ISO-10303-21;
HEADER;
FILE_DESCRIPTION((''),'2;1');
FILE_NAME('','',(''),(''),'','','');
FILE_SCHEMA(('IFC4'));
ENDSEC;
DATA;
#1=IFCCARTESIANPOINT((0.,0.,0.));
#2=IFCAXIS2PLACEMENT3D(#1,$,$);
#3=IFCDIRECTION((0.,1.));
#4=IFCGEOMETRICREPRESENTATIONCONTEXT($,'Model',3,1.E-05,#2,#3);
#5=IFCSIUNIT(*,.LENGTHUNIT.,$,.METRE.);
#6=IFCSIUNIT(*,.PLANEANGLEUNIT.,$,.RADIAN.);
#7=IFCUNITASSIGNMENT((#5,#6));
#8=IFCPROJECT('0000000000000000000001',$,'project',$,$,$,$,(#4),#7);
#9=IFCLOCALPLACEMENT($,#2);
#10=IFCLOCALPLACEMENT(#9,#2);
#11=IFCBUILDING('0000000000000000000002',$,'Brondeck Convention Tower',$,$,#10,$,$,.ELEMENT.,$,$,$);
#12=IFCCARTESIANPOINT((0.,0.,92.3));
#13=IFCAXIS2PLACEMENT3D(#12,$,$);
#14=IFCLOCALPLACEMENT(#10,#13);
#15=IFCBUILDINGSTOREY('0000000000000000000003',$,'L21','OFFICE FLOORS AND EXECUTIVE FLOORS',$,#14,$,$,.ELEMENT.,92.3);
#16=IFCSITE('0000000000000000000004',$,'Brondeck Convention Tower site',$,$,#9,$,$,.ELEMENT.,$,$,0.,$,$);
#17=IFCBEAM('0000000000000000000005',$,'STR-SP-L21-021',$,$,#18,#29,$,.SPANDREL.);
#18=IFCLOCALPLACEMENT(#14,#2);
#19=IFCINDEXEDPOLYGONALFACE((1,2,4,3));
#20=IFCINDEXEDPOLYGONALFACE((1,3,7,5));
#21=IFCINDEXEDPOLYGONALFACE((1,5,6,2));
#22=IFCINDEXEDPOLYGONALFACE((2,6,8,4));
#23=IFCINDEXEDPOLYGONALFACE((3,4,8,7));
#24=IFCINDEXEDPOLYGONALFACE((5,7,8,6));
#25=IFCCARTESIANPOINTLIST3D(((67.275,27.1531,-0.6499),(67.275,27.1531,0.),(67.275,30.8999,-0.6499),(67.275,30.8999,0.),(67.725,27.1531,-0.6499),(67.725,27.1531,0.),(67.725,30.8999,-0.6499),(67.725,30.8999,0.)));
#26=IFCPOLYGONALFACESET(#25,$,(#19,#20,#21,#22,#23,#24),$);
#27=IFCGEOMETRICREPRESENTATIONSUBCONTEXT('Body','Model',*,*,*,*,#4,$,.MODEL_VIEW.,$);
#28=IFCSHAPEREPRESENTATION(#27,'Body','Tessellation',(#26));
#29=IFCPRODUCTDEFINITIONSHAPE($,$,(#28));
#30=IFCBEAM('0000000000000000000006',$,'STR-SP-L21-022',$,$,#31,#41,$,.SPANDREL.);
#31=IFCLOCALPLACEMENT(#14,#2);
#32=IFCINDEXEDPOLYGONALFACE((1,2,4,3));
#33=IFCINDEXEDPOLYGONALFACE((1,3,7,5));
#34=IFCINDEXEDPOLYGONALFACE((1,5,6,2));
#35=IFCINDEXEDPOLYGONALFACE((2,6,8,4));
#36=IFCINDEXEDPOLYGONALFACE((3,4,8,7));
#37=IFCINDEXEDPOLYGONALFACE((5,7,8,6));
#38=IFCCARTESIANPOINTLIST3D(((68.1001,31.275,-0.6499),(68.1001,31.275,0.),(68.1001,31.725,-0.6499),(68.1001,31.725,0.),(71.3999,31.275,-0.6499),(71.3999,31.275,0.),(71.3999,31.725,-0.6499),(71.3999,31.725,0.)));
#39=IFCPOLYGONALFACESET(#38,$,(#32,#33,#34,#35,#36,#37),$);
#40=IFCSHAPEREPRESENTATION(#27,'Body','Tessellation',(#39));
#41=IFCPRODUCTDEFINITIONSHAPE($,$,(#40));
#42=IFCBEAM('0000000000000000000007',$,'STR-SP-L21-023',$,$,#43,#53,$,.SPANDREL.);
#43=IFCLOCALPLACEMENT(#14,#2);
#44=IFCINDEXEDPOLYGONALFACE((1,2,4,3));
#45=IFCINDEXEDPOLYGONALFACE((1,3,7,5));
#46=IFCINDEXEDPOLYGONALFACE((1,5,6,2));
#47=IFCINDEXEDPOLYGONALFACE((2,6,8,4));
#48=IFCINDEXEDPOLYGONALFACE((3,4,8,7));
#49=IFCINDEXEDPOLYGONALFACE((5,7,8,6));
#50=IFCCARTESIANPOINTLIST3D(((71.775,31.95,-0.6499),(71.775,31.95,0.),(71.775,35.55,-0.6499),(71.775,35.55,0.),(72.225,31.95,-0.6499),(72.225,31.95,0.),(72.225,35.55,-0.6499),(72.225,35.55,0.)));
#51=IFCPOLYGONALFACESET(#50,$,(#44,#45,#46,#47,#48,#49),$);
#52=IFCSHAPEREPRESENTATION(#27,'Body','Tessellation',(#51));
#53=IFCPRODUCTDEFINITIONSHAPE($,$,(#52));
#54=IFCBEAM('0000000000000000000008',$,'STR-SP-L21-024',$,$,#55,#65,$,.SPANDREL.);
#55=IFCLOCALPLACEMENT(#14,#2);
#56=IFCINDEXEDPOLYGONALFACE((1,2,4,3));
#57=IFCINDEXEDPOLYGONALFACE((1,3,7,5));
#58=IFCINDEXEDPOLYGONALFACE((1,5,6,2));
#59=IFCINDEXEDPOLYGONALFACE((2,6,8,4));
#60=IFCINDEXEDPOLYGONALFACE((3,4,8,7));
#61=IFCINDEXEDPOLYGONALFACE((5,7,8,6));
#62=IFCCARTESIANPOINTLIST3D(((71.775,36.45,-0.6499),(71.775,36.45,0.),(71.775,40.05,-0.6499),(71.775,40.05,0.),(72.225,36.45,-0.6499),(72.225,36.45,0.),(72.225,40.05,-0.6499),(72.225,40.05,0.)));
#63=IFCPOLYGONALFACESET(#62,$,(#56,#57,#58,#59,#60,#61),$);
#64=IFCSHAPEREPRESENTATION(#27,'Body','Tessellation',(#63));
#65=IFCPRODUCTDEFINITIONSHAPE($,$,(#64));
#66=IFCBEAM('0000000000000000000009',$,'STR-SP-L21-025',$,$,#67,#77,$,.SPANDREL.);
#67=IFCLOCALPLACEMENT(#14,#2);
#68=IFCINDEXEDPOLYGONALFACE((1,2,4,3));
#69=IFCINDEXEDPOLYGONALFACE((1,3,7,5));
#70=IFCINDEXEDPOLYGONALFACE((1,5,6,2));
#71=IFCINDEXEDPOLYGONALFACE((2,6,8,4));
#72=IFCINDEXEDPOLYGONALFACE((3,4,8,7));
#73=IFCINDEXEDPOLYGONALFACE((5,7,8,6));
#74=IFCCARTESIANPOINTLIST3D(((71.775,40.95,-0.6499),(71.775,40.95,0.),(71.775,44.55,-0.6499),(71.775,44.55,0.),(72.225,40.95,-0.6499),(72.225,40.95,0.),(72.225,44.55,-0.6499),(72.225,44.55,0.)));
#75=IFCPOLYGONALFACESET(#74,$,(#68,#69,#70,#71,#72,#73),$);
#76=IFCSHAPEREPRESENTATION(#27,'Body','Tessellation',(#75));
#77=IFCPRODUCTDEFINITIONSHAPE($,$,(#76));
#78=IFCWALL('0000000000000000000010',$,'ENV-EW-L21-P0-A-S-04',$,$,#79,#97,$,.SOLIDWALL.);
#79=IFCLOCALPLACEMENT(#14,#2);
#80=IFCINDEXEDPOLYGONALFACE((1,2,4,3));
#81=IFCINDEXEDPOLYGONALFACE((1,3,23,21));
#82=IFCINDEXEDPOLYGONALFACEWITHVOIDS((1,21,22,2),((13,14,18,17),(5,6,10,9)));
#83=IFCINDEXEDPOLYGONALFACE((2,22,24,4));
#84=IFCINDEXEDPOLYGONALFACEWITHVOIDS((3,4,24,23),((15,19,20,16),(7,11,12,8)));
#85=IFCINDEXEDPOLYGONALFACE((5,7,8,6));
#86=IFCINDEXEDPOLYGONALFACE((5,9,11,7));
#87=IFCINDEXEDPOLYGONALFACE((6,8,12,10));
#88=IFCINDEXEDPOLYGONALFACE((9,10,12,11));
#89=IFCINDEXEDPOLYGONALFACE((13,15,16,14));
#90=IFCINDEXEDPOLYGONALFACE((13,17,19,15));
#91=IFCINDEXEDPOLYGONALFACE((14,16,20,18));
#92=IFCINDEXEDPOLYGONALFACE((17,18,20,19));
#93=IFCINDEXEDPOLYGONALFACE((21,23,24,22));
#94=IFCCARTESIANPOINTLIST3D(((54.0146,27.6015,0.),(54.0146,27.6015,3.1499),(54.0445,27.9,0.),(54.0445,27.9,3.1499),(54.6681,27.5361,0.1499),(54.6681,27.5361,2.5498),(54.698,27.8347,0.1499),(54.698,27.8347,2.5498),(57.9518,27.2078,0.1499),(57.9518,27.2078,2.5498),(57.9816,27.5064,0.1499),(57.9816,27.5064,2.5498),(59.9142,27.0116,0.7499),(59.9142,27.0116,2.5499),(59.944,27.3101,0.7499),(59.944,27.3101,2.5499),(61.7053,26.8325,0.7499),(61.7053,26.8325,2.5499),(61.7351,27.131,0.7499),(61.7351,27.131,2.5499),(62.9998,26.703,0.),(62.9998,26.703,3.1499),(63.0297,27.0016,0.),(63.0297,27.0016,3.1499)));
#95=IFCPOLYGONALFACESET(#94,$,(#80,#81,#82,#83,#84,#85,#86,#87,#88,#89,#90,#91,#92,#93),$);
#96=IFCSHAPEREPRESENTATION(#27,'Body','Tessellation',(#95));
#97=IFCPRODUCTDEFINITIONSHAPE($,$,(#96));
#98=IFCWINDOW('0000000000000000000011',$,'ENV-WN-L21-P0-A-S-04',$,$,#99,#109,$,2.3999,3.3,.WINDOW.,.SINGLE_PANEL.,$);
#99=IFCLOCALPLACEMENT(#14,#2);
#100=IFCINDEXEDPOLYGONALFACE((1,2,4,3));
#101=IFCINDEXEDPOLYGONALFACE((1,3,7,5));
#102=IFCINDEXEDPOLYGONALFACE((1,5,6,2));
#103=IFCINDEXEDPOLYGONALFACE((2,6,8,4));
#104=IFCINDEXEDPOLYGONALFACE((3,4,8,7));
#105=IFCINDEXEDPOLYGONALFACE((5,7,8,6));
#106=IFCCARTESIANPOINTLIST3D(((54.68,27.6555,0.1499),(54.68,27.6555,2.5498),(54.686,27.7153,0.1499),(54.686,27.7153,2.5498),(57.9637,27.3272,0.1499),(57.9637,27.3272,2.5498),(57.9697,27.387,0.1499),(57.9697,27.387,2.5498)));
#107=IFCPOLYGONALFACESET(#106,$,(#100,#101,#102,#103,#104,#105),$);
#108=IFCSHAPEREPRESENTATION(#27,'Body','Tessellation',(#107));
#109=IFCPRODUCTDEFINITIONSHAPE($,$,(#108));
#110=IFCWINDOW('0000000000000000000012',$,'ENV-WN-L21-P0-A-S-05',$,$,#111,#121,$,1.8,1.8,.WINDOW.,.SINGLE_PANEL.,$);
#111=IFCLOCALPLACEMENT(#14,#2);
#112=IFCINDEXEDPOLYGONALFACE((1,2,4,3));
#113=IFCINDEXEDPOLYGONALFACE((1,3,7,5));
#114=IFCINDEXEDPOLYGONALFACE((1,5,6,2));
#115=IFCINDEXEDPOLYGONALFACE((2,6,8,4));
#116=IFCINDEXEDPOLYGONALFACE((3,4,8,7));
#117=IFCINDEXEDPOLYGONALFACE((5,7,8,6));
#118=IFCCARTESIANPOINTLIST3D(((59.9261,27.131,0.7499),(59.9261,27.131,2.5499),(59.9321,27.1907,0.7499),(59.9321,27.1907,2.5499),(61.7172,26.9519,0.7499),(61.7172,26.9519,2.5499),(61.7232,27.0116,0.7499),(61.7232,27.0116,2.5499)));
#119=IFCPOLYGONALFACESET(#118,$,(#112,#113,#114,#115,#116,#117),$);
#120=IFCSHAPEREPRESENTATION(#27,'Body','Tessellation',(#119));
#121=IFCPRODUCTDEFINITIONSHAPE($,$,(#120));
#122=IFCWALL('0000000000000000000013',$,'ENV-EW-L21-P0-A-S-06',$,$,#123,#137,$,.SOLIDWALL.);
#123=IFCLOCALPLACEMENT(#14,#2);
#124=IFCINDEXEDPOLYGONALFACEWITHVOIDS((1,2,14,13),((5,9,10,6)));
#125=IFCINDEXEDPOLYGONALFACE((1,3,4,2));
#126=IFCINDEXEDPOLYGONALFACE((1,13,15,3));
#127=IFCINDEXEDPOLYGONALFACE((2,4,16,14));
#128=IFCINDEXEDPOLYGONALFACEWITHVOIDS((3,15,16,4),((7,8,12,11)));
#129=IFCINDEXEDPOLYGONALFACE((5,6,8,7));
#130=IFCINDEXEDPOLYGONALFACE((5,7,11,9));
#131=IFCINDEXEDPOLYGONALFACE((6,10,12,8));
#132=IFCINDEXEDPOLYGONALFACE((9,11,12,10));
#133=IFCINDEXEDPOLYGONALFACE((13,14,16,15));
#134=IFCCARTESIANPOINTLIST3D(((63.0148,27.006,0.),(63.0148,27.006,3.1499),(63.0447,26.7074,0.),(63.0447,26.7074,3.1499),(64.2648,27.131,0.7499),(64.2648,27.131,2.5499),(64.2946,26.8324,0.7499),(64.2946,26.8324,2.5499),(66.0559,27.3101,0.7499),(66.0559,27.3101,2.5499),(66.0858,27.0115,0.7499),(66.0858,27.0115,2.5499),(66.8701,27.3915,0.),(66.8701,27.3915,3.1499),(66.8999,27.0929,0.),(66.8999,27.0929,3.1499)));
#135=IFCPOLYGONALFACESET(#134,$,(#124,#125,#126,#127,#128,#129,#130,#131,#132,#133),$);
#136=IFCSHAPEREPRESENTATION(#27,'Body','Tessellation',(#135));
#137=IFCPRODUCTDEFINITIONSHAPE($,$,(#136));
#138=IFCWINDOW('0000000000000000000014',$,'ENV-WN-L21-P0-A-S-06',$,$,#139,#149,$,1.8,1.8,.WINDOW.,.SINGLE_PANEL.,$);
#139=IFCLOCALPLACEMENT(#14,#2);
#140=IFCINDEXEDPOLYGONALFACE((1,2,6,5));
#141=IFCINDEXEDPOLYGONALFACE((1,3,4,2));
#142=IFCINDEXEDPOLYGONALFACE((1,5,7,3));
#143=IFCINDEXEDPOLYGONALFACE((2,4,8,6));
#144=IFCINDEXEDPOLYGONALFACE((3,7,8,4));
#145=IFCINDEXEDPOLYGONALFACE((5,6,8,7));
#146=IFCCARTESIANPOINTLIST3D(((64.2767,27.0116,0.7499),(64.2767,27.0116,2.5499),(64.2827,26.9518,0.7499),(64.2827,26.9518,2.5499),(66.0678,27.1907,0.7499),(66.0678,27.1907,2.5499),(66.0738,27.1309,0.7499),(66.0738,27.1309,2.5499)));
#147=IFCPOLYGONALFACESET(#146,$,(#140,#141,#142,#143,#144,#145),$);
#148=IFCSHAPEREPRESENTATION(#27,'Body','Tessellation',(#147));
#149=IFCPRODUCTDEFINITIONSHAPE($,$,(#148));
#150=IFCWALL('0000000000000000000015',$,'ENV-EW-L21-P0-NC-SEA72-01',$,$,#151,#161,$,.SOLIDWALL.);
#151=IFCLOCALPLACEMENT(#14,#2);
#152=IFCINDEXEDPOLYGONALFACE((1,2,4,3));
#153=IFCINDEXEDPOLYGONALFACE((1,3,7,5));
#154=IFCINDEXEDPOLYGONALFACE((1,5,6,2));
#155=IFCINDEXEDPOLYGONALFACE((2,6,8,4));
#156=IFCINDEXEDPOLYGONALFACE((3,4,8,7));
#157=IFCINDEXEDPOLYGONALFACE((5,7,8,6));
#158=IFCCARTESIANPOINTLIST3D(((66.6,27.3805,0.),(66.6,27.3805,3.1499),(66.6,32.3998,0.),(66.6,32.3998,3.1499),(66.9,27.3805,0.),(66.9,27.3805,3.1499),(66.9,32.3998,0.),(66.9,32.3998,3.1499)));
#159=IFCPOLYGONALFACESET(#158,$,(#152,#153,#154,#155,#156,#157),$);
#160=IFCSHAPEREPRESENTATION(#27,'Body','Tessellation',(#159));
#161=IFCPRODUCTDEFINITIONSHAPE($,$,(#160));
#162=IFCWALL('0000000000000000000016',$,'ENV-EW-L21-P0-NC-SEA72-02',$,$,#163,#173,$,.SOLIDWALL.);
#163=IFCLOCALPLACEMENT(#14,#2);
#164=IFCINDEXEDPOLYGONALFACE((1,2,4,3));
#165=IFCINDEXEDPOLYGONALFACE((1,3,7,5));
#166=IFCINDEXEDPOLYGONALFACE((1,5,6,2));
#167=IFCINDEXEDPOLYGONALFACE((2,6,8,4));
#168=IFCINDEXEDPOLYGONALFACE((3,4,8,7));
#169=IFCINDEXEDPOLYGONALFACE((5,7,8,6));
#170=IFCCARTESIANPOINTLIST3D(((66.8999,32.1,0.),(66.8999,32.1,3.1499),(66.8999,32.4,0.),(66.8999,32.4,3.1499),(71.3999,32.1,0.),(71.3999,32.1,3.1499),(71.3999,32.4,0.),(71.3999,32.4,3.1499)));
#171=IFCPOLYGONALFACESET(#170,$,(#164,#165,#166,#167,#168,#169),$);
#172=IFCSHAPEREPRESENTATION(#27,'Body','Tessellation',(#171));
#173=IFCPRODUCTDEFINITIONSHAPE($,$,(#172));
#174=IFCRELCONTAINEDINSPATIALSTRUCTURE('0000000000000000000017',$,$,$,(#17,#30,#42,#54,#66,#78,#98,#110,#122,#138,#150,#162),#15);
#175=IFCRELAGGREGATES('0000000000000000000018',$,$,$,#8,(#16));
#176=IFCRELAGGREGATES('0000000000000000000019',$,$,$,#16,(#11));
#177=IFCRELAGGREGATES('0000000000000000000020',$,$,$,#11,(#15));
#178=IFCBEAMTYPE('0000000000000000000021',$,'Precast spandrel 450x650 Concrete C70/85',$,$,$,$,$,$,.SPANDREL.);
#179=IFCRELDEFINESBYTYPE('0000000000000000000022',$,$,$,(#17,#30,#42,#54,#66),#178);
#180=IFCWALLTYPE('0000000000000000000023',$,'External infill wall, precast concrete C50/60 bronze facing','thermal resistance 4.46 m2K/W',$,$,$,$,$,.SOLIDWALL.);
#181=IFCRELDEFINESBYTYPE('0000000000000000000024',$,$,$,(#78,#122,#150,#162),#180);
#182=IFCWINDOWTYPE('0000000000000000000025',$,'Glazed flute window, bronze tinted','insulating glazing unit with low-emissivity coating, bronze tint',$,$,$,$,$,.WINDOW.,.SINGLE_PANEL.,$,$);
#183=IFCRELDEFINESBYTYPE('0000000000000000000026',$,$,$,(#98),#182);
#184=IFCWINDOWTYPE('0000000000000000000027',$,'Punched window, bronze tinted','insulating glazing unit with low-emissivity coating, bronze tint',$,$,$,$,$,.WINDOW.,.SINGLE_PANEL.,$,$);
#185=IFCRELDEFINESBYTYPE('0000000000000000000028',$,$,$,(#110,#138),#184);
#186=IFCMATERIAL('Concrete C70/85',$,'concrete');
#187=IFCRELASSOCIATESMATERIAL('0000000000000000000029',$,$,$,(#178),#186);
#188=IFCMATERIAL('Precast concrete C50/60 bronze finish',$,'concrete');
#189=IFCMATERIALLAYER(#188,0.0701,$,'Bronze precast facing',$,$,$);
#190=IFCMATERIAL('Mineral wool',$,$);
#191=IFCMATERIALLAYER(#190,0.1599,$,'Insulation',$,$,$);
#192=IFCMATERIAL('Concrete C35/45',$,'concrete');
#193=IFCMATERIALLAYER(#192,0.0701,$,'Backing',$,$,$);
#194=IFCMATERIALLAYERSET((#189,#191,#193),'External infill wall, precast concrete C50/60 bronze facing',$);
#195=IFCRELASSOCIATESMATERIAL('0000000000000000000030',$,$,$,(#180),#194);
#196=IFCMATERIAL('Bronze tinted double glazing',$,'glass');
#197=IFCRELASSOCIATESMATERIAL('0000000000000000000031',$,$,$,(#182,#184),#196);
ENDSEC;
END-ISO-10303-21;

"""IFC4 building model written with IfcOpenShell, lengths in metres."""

from ifc_helpers import new_model, si_unit, direction, frame, frame_2d, origin, origin_2d, place, context, subcontext, project, spatial, rectangle, extrude, material, layer, layer_set, material_profile, profile_set, type_object, element, fill, save


model = new_model("IFC4")

# Units and contexts
model_context = context("Model", 3, precision=1e-05, world=origin(), true_north=direction((0.0, 1.0)))
body_context = subcontext(model_context, "Body", "Model", "MODEL_VIEW")
ifc_project = project(units=[si_unit("LENGTHUNIT", "METRE"), si_unit("PLANEANGLEUNIT", "RADIAN")], contexts=[model_context])

# Site, building, storey
site_placement = place(None, origin())
site = spatial("IfcSite", under=ifc_project, at=site_placement, Name="Brondeck Convention Tower site", CompositionType="ELEMENT", RefElevation=0.0)
building_placement = place(site_placement, origin())
building = spatial("IfcBuilding", under=site, at=building_placement, Name="Brondeck Convention Tower", CompositionType="ELEMENT")
storey_placement = place(building_placement, frame((0.0, 0.0, 92.3)))
storey = spatial("IfcBuildingStorey", under=building, at=storey_placement, Name="L21", Description="OFFICE FLOORS AND EXECUTIVE FLOORS", CompositionType="ELEMENT", Elevation=92.3)

# Shared definitions
ifc_material_1 = material(Name="Concrete C70/85", Category="concrete")

# Beams
ifc_material_profile_1 = material_profile(ifc_material_1, rectangle(XDim=0.45, YDim=0.6499, at=origin_2d()), Name="Precast spandrel 450x650 Concrete C70/85")
ifc_profile_set_1 = profile_set([ifc_material_profile_1], Name="Concrete C70/85")
beam_type_1 = type_object("IfcBeamType", Name="Precast spandrel 450x650 Concrete C70/85", PredefinedType="SPANDREL", material=ifc_profile_set_1)
beam_1_placement = place(storey_placement, frame((67.5, 27.1531, -0.325), z_axis=(0.0, 1.0, 0.0), x_axis=(-1.0, 0.0, 0.0)))
element("IfcBeam", 1, at=beam_1_placement, inside=storey, type_object=beam_type_1, Name="STR-SP-L21-021", PredefinedType="SPANDREL", context=body_context, shape_type="SweptSolid", body=[
    extrude(rectangle(XDim=0.45, YDim=0.6499, at=origin_2d()), origin(), (0.0, 0.0, 1.0), 3.7468),
])
beam_2_placement = place(storey_placement, frame((68.1001, 31.5, -0.325), z_axis=(1.0, 0.0, 0.0), x_axis=(0.0, 1.0, 0.0)))
element("IfcBeam", 2, at=beam_2_placement, inside=storey, type_object=beam_type_1, Name="STR-SP-L21-022", PredefinedType="SPANDREL", context=body_context, shape_type="SweptSolid", body=[
    extrude(rectangle(XDim=0.45, YDim=0.6499, at=origin_2d()), origin(), (0.0, 0.0, 1.0), 3.2998),
])
for number, where, z_axis, x_axis, name in (
    (3, (72.0, 31.95, -0.325), (0.0, 1.0, 0.0), (-1.0, 0.0, 0.0), "STR-SP-L21-023"),
    (4, (72.0, 36.45, -0.325), (0.0, 1.0, 0.0), (-1.0, 0.0, 0.0), "STR-SP-L21-024"),
    (5, (72.0, 40.95, -0.325), (0.0, 1.0, 0.0), (-1.0, 0.0, 0.0), "STR-SP-L21-025"),
):
    element("IfcBeam", number, at=place(storey_placement, frame(where, z_axis=z_axis, x_axis=x_axis)), inside=storey, type_object=beam_type_1, Name=name, PredefinedType="SPANDREL", context=body_context, shape_type="SweptSolid", body=[
        extrude(rectangle(XDim=0.45, YDim=0.6499, at=origin_2d()), origin(), (0.0, 0.0, 1.0), 3.6001),
    ])

# Wall, openings, windows
ifc_material_2 = material(Name="Precast concrete C50/60 bronze finish", Category="concrete")
ifc_layer_1 = layer(ifc_material_2, 0.0701, Name="Bronze precast facing")
ifc_material_3 = material(Name="Mineral wool")
ifc_layer_2 = layer(ifc_material_3, 0.1599, Name="Insulation")
ifc_material_4 = material(Name="Concrete C35/45", Category="concrete")
ifc_layer_3 = layer(ifc_material_4, 0.0701, Name="Backing")
ifc_layer_set_1 = layer_set([ifc_layer_1, ifc_layer_2, ifc_layer_3], Name="External infill wall, precast concrete C50/60 bronze facing")
wall_type_1 = type_object("IfcWallType", Name="External infill wall, precast concrete C50/60 bronze facing", Description="thermal resistance 4.46 m2K/W", PredefinedType="SOLIDWALL", material=ifc_layer_set_1)
wall_1_placement = place(storey_placement, frame((63.0149, 26.8523, 0.0), z_axis=(0.0, 0.0, 1.0), x_axis=(-0.995038, 0.099496, 0.0)))
wall_1 = element("IfcWall", 6, at=wall_1_placement, inside=storey, type_object=wall_type_1, Name="ENV-EW-L21-P0-A-S-04", PredefinedType="SOLIDWALL", context=body_context, shape_type="SweptSolid", body=[
    extrude(rectangle(XDim=9.03, YDim=0.3, at=frame_2d((4.5151, 0.0))), origin(), (0.0, 0.0, 1.0), 3.1499),
])
opening_1_placement = place(wall_1_placement, frame((1.3013, 0.0, 0.75)))
opening_1 = element("IfcOpeningElement", 7, at=opening_1_placement, cuts=wall_1, PredefinedType="OPENING", context=body_context, shape_type="SweptSolid", body=[
    extrude(rectangle(XDim=1.8, YDim=1.8, at=frame_2d((0.8999, 0.8999))), frame((0.0, 0.1599, 0.0), z_axis=(0.0, -1.0, 0.0), x_axis=(1.0, 0.0, 0.0)), (0.0, 0.0, 1.0), 0.3201),
])
opening_2_placement = place(wall_1_placement, frame((5.0735, 0.0, 0.1499)))
opening_2 = element("IfcOpeningElement", 8, at=opening_2_placement, cuts=wall_1, PredefinedType="OPENING", context=body_context, shape_type="SweptSolid", body=[
    extrude(rectangle(XDim=3.3, YDim=2.3999, at=frame_2d((1.6499, 1.2))), frame((0.0, 0.1599, 0.0), z_axis=(0.0, -1.0, 0.0), x_axis=(1.0, 0.0, 0.0)), (0.0, 0.0, 1.0), 0.3201),
])
ifc_material_5 = material(Name="Bronze tinted double glazing", Category="glass")
window_type_1 = type_object("IfcWindowType", Name="Glazed flute window, bronze tinted", Description="insulating glazing unit with low-emissivity coating, bronze tint", PartitioningType="SINGLE_PANEL", PredefinedType="WINDOW", material=ifc_material_5)
window_1_placement = place(opening_2_placement, origin())
window_1 = element("IfcWindow", 9, at=window_1_placement, inside=storey, type_object=window_type_1, Name="ENV-WN-L21-P0-A-S-04", OverallHeight=2.3999, OverallWidth=3.3, PartitioningType="SINGLE_PANEL", PredefinedType="WINDOW", context=body_context, shape_type="SweptSolid", body=[
    extrude(rectangle(XDim=3.3, YDim=2.3999, at=frame_2d((1.6499, 1.2))), frame((0.0, 0.03, 0.0), z_axis=(0.0, -1.0, 0.0), x_axis=(1.0, 0.0, 0.0)), (0.0, 0.0, 1.0), 0.0601),
])
fill(opening_2, window_1)
window_type_2 = type_object("IfcWindowType", Name="Punched window, bronze tinted", Description="insulating glazing unit with low-emissivity coating, bronze tint", PartitioningType="SINGLE_PANEL", PredefinedType="WINDOW", material=ifc_material_5)
window_2_placement = place(opening_1_placement, origin())
window_2 = element("IfcWindow", 10, at=window_2_placement, inside=storey, type_object=window_type_2, Name="ENV-WN-L21-P0-A-S-05", OverallHeight=1.8, OverallWidth=1.8, PartitioningType="SINGLE_PANEL", PredefinedType="WINDOW", context=body_context, shape_type="SweptSolid", body=[
    extrude(rectangle(XDim=1.8, YDim=1.8, at=frame_2d((0.8999, 0.8999))), frame((0.0, 0.03, 0.0), z_axis=(0.0, -1.0, 0.0), x_axis=(1.0, 0.0, 0.0)), (0.0, 0.0, 1.0), 0.0601),
])
fill(opening_1, window_2)

# Wall, opening, window
wall_2_placement = place(storey_placement, frame((66.885, 27.2422, 0.0), z_axis=(0.0, 0.0, 1.0), x_axis=(-0.995038, -0.099497, 0.0)))
wall_2 = element("IfcWall", 11, at=wall_2_placement, inside=storey, type_object=wall_type_1, Name="ENV-EW-L21-P0-A-S-06", PredefinedType="SOLIDWALL", context=body_context, shape_type="SweptSolid", body=[
    extrude(rectangle(XDim=3.8745, YDim=0.3, at=frame_2d((1.9373, 0.0))), origin(), (0.0, 0.0, 1.0), 3.1499),
])
opening_3_placement = place(wall_2_placement, frame((0.8184, 0.0, 0.75)))
opening_3 = element("IfcOpeningElement", 12, at=opening_3_placement, cuts=wall_2, PredefinedType="OPENING", context=body_context, shape_type="SweptSolid", body=[
    extrude(rectangle(XDim=1.8, YDim=1.8, at=frame_2d((0.8999, 0.8999))), frame((0.0, 0.1599, 0.0), z_axis=(0.0, -1.0, 0.0), x_axis=(1.0, 0.0, 0.0)), (0.0, 0.0, 1.0), 0.3201),
])
window_3_placement = place(opening_3_placement, origin())
window_3 = element("IfcWindow", 13, at=window_3_placement, inside=storey, type_object=window_type_2, Name="ENV-WN-L21-P0-A-S-06", OverallHeight=1.8, OverallWidth=1.8, PartitioningType="SINGLE_PANEL", PredefinedType="WINDOW", context=body_context, shape_type="SweptSolid", body=[
    extrude(rectangle(XDim=1.8, YDim=1.8, at=frame_2d((0.8999, 0.8999))), frame((0.0, 0.03, 0.0), z_axis=(0.0, -1.0, 0.0), x_axis=(1.0, 0.0, 0.0)), (0.0, 0.0, 1.0), 0.0601),
])
fill(opening_3, window_3)

# Walls
wall_3_placement = place(storey_placement, frame((66.75, 32.3999, 0.0), z_axis=(0.0, 0.0, 1.0), x_axis=(0.0, -1.0, 0.0)))
element("IfcWall", 14, at=wall_3_placement, inside=storey, type_object=wall_type_1, Name="ENV-EW-L21-P0-NC-SEA72-01", PredefinedType="SOLIDWALL", context=body_context, shape_type="SweptSolid", body=[
    extrude(rectangle(XDim=5.0193, YDim=0.3, at=frame_2d((2.5098, 0.0))), origin(), (0.0, 0.0, 1.0), 3.1499),
])
wall_4_placement = place(storey_placement, frame((71.3999, 32.25, 0.0), z_axis=(0.0, 0.0, 1.0), x_axis=(-1.0, 0.0, 0.0)))
element("IfcWall", 15, at=wall_4_placement, inside=storey, type_object=wall_type_1, Name="ENV-EW-L21-P0-NC-SEA72-02", PredefinedType="SOLIDWALL", context=body_context, shape_type="SweptSolid", body=[
    extrude(rectangle(XDim=4.5, YDim=0.3, at=frame_2d((2.25, 0.0))), origin(), (0.0, 0.0, 1.0), 3.1499),
])

save(model, "model.ifc")
